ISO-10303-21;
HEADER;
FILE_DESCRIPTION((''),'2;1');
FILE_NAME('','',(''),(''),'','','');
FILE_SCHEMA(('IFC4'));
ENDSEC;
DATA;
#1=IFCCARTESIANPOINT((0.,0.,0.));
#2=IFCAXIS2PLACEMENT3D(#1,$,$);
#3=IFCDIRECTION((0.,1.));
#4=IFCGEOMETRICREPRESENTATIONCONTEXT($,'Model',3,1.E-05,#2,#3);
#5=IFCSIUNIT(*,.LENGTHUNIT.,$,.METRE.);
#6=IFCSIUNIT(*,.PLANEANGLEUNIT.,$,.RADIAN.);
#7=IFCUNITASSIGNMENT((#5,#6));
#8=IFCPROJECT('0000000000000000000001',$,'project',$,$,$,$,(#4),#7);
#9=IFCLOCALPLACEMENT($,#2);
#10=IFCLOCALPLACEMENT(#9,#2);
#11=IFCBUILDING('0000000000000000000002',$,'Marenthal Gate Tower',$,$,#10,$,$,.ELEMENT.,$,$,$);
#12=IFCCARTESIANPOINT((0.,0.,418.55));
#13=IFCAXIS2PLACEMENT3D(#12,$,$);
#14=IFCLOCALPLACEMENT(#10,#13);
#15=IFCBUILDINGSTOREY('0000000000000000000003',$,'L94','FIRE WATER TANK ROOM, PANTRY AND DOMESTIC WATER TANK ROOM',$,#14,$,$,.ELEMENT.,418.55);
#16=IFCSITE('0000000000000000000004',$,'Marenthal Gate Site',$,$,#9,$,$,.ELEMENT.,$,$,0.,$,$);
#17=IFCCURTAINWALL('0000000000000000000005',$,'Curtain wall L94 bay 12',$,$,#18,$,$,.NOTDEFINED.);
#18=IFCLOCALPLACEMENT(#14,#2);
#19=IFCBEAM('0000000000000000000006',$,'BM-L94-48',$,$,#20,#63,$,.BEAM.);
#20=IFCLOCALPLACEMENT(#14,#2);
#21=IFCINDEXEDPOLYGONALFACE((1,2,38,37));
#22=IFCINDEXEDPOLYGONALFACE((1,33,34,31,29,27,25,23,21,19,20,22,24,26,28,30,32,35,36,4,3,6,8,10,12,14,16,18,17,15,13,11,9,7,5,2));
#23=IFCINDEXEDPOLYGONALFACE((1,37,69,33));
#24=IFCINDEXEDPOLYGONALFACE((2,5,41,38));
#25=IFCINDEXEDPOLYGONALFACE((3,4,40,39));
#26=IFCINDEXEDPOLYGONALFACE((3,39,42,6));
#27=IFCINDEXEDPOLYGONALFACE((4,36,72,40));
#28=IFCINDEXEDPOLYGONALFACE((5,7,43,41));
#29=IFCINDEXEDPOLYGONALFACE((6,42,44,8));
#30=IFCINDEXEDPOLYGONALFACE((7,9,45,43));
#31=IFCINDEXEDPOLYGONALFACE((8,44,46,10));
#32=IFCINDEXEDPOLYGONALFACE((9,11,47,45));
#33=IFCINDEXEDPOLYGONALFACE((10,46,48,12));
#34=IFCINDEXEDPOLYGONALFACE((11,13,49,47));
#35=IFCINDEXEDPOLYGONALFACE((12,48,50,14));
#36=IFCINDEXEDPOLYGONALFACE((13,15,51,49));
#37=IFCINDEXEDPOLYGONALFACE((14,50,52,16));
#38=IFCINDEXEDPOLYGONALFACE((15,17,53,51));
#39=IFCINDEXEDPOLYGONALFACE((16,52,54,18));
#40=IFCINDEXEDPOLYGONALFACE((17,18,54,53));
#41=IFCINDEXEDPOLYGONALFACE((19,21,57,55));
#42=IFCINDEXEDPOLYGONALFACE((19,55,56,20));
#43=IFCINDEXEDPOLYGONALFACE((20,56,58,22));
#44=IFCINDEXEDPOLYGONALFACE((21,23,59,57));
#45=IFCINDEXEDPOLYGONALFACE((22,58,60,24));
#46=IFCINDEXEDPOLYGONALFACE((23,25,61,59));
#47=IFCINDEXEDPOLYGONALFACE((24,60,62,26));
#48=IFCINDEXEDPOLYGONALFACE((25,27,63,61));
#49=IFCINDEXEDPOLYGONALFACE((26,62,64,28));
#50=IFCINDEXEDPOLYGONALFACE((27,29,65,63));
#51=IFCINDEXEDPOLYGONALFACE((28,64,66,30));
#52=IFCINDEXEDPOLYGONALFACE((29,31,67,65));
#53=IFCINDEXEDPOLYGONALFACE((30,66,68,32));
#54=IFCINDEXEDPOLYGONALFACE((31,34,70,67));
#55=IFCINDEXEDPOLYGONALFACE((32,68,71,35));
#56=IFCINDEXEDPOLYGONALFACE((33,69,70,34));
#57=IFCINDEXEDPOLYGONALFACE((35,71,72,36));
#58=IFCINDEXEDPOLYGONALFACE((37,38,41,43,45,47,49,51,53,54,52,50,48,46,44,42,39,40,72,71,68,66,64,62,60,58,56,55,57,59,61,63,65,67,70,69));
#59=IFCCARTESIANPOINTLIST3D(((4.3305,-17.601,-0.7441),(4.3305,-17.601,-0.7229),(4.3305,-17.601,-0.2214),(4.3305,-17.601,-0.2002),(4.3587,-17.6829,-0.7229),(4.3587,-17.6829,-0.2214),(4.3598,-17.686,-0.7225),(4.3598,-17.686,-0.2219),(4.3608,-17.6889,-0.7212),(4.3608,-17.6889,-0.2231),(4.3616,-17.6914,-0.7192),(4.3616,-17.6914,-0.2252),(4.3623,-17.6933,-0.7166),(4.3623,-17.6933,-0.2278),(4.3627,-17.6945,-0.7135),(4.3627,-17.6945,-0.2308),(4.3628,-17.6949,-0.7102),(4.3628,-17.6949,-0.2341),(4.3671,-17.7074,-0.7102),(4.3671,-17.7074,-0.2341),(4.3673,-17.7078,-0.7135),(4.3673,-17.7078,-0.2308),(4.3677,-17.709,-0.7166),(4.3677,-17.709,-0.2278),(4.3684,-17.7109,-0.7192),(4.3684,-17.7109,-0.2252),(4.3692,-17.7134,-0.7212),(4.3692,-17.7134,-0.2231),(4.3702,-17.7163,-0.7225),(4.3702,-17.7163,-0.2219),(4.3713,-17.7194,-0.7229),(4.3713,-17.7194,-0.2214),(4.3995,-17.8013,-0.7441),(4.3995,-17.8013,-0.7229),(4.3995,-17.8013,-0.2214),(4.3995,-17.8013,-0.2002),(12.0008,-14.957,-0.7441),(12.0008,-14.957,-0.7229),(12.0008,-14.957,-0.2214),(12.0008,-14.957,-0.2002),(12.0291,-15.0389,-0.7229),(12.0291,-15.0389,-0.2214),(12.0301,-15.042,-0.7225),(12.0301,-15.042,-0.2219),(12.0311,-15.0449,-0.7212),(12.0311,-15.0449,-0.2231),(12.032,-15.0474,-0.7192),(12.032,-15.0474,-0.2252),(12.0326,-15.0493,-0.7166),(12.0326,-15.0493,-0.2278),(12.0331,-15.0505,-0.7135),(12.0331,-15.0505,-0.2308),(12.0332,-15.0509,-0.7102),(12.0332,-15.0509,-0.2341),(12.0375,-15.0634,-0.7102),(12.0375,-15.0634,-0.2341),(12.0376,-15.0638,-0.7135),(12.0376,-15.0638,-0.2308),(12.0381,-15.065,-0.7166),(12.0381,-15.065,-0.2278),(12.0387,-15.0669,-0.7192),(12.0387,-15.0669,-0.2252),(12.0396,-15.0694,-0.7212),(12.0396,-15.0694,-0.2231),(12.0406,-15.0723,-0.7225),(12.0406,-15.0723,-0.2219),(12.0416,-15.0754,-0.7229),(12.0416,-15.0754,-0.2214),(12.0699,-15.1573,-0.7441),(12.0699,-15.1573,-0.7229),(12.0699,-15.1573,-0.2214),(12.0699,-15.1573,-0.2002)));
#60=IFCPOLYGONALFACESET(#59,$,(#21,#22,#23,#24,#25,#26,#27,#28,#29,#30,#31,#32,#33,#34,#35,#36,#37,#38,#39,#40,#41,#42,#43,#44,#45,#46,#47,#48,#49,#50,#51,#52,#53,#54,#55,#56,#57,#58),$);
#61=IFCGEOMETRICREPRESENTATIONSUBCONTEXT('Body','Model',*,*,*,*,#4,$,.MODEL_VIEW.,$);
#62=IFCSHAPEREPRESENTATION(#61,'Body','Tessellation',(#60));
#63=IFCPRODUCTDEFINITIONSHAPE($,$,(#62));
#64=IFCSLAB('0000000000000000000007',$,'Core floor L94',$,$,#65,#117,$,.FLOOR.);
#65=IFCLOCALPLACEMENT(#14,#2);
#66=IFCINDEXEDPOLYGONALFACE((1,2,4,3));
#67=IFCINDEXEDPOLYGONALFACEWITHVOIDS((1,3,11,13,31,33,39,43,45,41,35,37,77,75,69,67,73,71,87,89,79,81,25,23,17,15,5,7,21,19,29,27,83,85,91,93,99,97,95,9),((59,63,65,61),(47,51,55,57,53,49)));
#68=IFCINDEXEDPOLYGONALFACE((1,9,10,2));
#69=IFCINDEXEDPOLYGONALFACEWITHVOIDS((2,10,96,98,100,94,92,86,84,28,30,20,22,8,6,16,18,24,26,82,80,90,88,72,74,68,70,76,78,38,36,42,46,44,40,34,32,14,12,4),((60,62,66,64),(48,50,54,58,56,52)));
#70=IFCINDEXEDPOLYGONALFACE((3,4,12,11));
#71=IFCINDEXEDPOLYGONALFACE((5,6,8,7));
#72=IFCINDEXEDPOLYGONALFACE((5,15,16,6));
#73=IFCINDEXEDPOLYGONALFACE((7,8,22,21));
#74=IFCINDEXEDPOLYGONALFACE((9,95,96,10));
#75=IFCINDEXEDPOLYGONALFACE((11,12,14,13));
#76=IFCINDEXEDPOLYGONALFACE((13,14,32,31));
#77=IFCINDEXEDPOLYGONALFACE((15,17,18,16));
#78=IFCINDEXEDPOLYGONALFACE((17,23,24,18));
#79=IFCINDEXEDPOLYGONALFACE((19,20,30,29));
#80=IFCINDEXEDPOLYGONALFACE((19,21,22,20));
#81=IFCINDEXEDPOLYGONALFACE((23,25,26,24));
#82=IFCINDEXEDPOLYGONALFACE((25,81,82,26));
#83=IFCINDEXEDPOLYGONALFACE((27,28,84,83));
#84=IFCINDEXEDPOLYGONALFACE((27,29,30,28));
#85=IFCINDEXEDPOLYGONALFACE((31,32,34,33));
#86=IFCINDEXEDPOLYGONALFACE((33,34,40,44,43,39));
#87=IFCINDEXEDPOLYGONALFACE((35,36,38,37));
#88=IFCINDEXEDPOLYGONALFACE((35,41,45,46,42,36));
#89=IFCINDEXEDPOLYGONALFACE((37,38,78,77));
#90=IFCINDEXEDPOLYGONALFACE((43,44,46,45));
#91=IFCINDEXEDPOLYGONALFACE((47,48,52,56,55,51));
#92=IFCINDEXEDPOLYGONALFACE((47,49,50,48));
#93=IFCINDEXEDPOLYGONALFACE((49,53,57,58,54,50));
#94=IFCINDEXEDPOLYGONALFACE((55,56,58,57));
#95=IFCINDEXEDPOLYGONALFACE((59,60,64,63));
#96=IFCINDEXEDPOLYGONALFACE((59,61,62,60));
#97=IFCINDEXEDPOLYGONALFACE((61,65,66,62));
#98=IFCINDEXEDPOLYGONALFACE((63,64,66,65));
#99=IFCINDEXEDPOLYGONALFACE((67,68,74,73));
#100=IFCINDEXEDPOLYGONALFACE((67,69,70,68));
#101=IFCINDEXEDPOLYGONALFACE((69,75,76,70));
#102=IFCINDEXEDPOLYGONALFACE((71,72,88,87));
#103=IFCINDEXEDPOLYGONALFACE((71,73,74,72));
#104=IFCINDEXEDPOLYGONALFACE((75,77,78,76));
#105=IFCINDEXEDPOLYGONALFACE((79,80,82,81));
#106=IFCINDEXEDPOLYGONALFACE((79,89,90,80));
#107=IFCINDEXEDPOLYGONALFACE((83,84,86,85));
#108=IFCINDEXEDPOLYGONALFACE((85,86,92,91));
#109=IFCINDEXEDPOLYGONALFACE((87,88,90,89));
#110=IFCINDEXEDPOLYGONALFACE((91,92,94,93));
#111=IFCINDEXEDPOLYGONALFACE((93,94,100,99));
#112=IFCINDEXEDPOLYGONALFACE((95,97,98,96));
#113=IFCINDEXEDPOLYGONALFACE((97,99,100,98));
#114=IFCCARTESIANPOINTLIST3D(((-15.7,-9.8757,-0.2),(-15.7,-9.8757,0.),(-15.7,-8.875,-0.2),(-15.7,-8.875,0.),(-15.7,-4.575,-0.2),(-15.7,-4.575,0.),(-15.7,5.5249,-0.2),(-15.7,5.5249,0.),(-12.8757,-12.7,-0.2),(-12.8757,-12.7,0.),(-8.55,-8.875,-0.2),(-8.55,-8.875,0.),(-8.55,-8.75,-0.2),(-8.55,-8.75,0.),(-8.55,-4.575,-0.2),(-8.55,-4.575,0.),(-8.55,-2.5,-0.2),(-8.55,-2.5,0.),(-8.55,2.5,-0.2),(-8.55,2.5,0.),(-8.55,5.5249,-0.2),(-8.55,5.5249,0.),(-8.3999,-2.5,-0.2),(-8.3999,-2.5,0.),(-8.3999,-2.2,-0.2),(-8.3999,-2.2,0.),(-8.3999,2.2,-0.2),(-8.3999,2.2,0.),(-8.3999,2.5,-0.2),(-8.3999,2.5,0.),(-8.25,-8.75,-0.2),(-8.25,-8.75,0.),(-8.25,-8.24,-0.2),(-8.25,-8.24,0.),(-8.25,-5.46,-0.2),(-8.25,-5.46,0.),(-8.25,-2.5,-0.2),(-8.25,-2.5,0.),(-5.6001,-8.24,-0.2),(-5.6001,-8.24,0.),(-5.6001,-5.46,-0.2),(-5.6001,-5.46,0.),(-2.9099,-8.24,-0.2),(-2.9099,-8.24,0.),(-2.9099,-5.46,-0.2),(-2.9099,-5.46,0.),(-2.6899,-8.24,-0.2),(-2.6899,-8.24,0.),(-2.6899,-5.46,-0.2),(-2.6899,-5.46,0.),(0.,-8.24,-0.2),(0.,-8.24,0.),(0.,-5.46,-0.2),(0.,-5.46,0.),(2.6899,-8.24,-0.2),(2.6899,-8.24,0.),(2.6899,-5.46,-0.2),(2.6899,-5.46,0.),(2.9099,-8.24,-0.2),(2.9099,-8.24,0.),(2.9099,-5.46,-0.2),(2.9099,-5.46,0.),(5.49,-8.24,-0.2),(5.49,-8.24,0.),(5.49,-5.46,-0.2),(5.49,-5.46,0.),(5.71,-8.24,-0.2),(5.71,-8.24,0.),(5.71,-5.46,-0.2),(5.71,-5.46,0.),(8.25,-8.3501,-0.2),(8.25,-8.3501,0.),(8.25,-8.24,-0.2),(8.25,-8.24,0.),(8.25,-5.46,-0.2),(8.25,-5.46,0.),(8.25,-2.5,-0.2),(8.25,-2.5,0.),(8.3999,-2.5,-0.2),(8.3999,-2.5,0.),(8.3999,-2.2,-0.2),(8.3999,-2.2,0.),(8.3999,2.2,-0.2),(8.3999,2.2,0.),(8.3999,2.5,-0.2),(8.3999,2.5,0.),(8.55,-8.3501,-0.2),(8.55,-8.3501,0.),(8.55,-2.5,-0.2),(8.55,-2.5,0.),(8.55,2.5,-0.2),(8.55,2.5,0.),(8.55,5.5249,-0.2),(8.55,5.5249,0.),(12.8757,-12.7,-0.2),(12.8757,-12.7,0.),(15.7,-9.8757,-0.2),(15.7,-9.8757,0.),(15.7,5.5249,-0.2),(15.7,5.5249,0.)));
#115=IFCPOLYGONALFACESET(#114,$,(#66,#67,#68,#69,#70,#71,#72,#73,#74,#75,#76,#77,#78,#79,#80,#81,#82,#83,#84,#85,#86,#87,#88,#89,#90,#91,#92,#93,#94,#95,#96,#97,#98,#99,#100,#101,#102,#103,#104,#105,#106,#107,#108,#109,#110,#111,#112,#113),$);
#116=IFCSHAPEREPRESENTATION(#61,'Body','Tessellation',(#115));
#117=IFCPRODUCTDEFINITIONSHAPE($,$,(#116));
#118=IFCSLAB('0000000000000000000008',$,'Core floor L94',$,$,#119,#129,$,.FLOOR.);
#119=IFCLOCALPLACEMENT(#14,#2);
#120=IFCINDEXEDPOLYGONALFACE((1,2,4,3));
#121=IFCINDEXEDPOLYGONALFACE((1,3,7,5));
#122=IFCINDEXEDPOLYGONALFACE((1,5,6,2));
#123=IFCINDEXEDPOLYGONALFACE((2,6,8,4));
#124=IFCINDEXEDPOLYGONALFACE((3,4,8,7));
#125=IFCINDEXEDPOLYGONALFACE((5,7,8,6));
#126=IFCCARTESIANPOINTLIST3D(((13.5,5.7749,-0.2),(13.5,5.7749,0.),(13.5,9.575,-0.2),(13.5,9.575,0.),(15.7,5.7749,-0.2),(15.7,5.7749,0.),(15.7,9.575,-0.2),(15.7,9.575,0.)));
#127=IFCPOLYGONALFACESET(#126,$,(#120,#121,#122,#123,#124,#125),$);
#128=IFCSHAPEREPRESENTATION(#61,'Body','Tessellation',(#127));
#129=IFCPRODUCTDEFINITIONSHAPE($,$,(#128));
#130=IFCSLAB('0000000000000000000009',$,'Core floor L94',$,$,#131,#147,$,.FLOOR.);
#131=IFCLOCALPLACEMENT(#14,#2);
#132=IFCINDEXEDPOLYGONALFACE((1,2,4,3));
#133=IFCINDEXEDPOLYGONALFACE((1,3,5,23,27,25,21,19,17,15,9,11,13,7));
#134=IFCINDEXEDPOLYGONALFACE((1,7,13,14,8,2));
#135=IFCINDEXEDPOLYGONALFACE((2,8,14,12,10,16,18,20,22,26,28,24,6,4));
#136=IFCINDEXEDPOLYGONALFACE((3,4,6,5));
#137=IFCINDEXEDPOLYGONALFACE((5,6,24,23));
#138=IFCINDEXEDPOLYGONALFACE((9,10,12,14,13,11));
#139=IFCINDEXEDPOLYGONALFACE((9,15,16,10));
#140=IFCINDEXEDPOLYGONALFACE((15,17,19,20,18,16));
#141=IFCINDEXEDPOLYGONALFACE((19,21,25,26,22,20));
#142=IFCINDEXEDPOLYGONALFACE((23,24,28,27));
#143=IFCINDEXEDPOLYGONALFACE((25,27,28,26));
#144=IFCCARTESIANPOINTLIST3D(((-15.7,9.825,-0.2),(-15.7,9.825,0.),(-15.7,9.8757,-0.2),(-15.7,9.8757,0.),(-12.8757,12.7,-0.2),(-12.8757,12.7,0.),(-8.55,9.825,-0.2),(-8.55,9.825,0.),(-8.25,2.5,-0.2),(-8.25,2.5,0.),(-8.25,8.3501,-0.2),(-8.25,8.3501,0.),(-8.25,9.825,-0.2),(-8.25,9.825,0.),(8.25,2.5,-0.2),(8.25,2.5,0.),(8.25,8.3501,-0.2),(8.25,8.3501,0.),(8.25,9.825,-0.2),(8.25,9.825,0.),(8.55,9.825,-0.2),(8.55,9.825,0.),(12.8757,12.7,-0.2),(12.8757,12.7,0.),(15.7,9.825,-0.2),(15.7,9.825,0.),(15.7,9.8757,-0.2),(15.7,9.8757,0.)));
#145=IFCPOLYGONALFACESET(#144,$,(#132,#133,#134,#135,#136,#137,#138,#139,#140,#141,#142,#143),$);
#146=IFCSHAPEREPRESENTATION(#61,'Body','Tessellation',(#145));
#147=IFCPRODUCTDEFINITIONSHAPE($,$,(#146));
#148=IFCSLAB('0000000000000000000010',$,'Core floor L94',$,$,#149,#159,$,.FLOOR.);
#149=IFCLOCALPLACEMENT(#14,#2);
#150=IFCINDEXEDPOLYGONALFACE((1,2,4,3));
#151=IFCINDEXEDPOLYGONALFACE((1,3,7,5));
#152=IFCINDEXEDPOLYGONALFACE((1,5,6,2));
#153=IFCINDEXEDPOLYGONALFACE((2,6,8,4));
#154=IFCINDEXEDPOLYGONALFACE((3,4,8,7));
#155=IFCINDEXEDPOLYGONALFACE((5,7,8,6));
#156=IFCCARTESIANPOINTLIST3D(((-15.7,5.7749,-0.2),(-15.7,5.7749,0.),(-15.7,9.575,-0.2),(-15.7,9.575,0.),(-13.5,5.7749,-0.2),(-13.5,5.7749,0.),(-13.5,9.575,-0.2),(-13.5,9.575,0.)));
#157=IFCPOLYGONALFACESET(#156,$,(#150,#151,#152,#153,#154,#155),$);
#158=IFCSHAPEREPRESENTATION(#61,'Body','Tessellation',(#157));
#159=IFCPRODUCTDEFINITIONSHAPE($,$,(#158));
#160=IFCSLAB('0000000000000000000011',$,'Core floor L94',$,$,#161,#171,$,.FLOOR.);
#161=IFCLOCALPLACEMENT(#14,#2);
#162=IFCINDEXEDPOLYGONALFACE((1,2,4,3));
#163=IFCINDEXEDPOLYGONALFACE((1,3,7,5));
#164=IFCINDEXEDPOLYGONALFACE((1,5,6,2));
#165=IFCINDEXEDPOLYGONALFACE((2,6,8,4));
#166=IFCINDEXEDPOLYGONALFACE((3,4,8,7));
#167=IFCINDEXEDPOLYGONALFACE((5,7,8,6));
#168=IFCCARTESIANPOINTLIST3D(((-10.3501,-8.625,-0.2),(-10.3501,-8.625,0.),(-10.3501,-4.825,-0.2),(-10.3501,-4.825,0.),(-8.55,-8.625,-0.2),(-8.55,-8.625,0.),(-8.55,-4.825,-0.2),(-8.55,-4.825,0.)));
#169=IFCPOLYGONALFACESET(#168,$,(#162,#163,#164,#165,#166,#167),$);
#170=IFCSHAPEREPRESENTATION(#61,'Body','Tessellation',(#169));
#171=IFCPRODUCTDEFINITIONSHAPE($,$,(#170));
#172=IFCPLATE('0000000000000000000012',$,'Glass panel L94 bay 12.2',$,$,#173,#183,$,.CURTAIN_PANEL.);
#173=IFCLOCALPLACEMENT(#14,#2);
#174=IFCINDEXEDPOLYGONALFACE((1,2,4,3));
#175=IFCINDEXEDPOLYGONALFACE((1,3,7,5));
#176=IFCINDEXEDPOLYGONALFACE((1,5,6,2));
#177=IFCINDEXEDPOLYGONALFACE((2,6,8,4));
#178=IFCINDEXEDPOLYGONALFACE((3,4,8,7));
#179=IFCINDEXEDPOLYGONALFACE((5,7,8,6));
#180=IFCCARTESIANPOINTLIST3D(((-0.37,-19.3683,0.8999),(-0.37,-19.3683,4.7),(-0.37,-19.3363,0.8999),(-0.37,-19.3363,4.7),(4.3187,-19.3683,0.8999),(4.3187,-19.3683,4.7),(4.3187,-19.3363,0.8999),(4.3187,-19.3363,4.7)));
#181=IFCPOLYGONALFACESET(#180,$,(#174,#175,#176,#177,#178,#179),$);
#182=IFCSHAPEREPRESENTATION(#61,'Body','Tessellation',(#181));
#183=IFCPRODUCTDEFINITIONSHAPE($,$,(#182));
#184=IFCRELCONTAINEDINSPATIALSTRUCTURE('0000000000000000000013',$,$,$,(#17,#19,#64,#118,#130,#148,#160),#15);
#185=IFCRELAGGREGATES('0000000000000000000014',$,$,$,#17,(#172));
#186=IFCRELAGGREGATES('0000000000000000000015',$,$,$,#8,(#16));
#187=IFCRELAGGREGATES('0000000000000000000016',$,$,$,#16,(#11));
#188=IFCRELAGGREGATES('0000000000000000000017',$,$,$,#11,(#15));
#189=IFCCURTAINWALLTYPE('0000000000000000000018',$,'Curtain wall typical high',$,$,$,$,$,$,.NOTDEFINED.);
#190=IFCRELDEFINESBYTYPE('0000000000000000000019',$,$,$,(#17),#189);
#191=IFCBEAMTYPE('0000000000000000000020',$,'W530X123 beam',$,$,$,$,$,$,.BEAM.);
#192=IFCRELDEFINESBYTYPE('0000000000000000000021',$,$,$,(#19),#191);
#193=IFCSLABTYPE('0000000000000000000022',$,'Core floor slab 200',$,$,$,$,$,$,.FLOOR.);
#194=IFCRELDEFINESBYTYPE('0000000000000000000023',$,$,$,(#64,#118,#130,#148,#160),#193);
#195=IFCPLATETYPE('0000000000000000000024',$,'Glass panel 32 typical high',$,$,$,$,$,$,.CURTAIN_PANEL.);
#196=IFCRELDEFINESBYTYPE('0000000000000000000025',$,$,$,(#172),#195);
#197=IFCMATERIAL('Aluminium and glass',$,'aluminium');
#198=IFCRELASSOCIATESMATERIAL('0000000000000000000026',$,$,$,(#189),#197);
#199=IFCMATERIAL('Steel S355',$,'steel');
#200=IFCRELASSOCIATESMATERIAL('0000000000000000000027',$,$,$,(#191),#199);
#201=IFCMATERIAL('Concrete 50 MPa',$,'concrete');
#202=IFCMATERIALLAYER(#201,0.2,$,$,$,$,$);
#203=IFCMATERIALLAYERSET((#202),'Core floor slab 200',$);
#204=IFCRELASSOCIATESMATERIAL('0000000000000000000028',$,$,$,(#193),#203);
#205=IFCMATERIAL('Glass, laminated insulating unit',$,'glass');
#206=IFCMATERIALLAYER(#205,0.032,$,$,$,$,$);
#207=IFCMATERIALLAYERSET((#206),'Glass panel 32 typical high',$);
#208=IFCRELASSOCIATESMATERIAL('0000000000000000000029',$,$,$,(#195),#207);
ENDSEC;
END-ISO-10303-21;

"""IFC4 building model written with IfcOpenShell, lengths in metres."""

from ifc_helpers import new_model, si_unit, direction, frame, origin, origin_2d, place, context, subcontext, project, spatial, polyline, rectangle, i_section, outline, extrude, material, layer, layer_set, material_profile, profile_set, type_object, element, aggregate, save


model = new_model("IFC4")

# Units and contexts
model_context = context("Model", 3, precision=1e-05, world=origin(), true_north=direction((0.0, 1.0)))
body_context = subcontext(model_context, "Body", "Model", "MODEL_VIEW")
ifc_project = project(units=[si_unit("LENGTHUNIT", "METRE"), si_unit("PLANEANGLEUNIT", "RADIAN")], contexts=[model_context])

# Site, building, storey
site_placement = place(None, origin())
site = spatial("IfcSite", under=ifc_project, at=site_placement, Name="Marenthal Gate Site", CompositionType="ELEMENT", RefElevation=0.0)
building_placement = place(site_placement, origin())
building = spatial("IfcBuilding", under=site, at=building_placement, Name="Marenthal Gate Tower", CompositionType="ELEMENT")
storey_placement = place(building_placement, frame((0.0, 0.0, 418.55)))
storey = spatial("IfcBuildingStorey", under=building, at=storey_placement, Name="L94", Description="FIRE WATER TANK ROOM, PANTRY AND DOMESTIC WATER TANK ROOM", CompositionType="ELEMENT", Elevation=418.55)

# Curtain wall
ifc_material_1 = material(Name="Aluminium and glass", Category="aluminium")
curtain_wall_type_1 = type_object("IfcCurtainWallType", Name="Curtain wall typical high", PredefinedType="NOTDEFINED", material=ifc_material_1)
curtain_wall_1_placement = place(storey_placement, origin())
curtain_wall_1 = element("IfcCurtainWall", 1, at=curtain_wall_1_placement, inside=storey, type_object=curtain_wall_type_1, Name="Curtain wall L94 bay 12", PredefinedType="NOTDEFINED")

# Beam
ifc_material_2 = material(Name="Steel S355", Category="steel")
ifc_material_profile_1 = material_profile(ifc_material_2, i_section(OverallWidth=0.2119, OverallDepth=0.5439, WebThickness=0.0132, FlangeThickness=0.0212, FilletRadius=0.0127, at=origin_2d()), Name="W530X123")
ifc_profile_set_1 = profile_set([ifc_material_profile_1], Name="Steel S355")
beam_type_1 = type_object("IfcBeamType", Name="W530X123 beam", PredefinedType="BEAM", material=ifc_profile_set_1)
beam_1_placement = place(storey_placement, frame((4.365, -17.7012, -0.4722), z_axis=(0.945408, 0.325889, 0.0), x_axis=(-0.325889, 0.945408, 0.0)))
element("IfcBeam", 2, at=beam_1_placement, inside=storey, type_object=beam_type_1, Name="BM-L94-48", PredefinedType="BEAM", context=body_context, shape_type="SweptSolid", body=[
    extrude(i_section(OverallWidth=0.2119, OverallDepth=0.5439, WebThickness=0.0132, FlangeThickness=0.0212, FilletRadius=0.0127, at=origin_2d()), origin(), (0.0, 0.0, 1.0), 8.1133),
])

# Slabs
ifc_material_3 = material(Name="Concrete 50 MPa", Category="concrete")
ifc_layer_1 = layer(ifc_material_3, 0.2)
ifc_layer_set_1 = layer_set([ifc_layer_1], Name="Core floor slab 200")
slab_type_1 = type_object("IfcSlabType", Name="Core floor slab 200", PredefinedType="FLOOR", material=ifc_layer_set_1)
slab_1_placement = place(storey_placement, frame((0.0, 0.0, -0.2)))
element("IfcSlab", 3, at=slab_1_placement, inside=storey, type_object=slab_type_1, Name="Core floor L94", PredefinedType="FLOOR", context=body_context, shape_type="SweptSolid", body=[
    extrude(outline(polyline([(12.8757, -12.7), (-12.8757, -12.7), (-15.7, -9.8757), (-15.7, -8.875), (-8.55, -8.875), (-8.55, -8.75), (-8.25, -8.75), (-8.25, -8.24), (-5.6001, -8.24), (-2.9099, -8.24), (-2.9099, -5.46), (-5.6001, -5.46), (-8.25, -5.46), (-8.25, -2.5), (8.25, -2.5), (8.25, -5.46), (5.71, -5.46), (5.71, -8.24), (8.25, -8.24), (8.25, -8.3501), (8.55, -8.3501), (8.55, -2.5), (8.3999, -2.5), (8.3999, -2.2), (-8.3999, -2.2), (-8.3999, -2.5), (-8.55, -2.5), (-8.55, -4.575), (-15.7, -4.575), (-15.7, 5.5249), (-8.55, 5.5249), (-8.55, 2.5), (-8.3999, 2.5), (-8.3999, 2.2), (8.3999, 2.2), (8.3999, 2.5), (8.55, 2.5), (8.55, 5.5249), (15.7, 5.5249), (15.7, -9.8757), (12.8757, -12.7)]), holes=[polyline([(0.0, -8.24), (2.6899, -8.24), (2.6899, -5.46), (0.0, -5.46), (-2.6899, -5.46), (-2.6899, -8.24), (0.0, -8.24)]), polyline([(2.9099, -5.46), (2.9099, -8.24), (5.49, -8.24), (5.49, -5.46), (2.9099, -5.46)])]), origin(), (0.0, 0.0, 1.0), 0.2),
])
slab_2_placement = place(storey_placement, frame((0.0, 0.0, -0.2)))
element("IfcSlab", 4, at=slab_2_placement, inside=storey, type_object=slab_type_1, Name="Core floor L94", PredefinedType="FLOOR", context=body_context, shape_type="SweptSolid", body=[
    extrude(outline(polyline([(15.7, 5.7749), (13.5, 5.7749), (13.5, 9.575), (15.7, 9.575), (15.7, 5.7749)])), origin(), (0.0, 0.0, 1.0), 0.2),
])
slab_3_placement = place(storey_placement, frame((0.0, 0.0, -0.2)))
element("IfcSlab", 5, at=slab_3_placement, inside=storey, type_object=slab_type_1, Name="Core floor L94", PredefinedType="FLOOR", context=body_context, shape_type="SweptSolid", body=[
    extrude(outline(polyline([(15.7, 9.825), (8.55, 9.825), (8.25, 9.825), (8.25, 8.3501), (8.25, 2.5), (-8.25, 2.5), (-8.25, 8.3501), (-8.25, 9.825), (-8.55, 9.825), (-15.7, 9.825), (-15.7, 9.8757), (-12.8757, 12.7), (12.8757, 12.7), (15.7, 9.8757), (15.7, 9.825)])), origin(), (0.0, 0.0, 1.0), 0.2),
])
slab_4_placement = place(storey_placement, frame((0.0, 0.0, -0.2)))
element("IfcSlab", 6, at=slab_4_placement, inside=storey, type_object=slab_type_1, Name="Core floor L94", PredefinedType="FLOOR", context=body_context, shape_type="SweptSolid", body=[
    extrude(outline(polyline([(-15.7, 9.575), (-13.5, 9.575), (-13.5, 5.7749), (-15.7, 5.7749), (-15.7, 9.575)])), origin(), (0.0, 0.0, 1.0), 0.2),
])
slab_5_placement = place(storey_placement, frame((0.0, 0.0, -0.2)))
element("IfcSlab", 7, at=slab_5_placement, inside=storey, type_object=slab_type_1, Name="Core floor L94", PredefinedType="FLOOR", context=body_context, shape_type="SweptSolid", body=[
    extrude(outline(polyline([(-10.3501, -8.625), (-10.3501, -4.825), (-8.55, -4.825), (-8.55, -8.625), (-10.3501, -8.625)])), origin(), (0.0, 0.0, 1.0), 0.2),
])

# Plate
ifc_material_4 = material(Name="Glass, laminated insulating unit", Category="glass")
ifc_layer_2 = layer(ifc_material_4, 0.032)
ifc_layer_set_2 = layer_set([ifc_layer_2], Name="Glass panel 32 typical high")
plate_type_1 = type_object("IfcPlateType", Name="Glass panel 32 typical high", PredefinedType="CURTAIN_PANEL", material=ifc_layer_set_2)
plate_1_placement = place(storey_placement, frame((1.9744, -19.3523, 0.8999), z_axis=(0.0, 0.0, 1.0), x_axis=(1.0, 0.0, 0.0)))
plate_1 = element("IfcPlate", 8, at=plate_1_placement, type_object=plate_type_1, Name="Glass panel L94 bay 12.2", PredefinedType="CURTAIN_PANEL", context=body_context, shape_type="SweptSolid", body=[
    extrude(rectangle(XDim=4.6887, YDim=0.032, at=origin_2d()), origin(), (0.0, 0.0, 1.0), 3.8),
])
aggregate(curtain_wall_1, [plate_1])

save(model, "model.ifc")
